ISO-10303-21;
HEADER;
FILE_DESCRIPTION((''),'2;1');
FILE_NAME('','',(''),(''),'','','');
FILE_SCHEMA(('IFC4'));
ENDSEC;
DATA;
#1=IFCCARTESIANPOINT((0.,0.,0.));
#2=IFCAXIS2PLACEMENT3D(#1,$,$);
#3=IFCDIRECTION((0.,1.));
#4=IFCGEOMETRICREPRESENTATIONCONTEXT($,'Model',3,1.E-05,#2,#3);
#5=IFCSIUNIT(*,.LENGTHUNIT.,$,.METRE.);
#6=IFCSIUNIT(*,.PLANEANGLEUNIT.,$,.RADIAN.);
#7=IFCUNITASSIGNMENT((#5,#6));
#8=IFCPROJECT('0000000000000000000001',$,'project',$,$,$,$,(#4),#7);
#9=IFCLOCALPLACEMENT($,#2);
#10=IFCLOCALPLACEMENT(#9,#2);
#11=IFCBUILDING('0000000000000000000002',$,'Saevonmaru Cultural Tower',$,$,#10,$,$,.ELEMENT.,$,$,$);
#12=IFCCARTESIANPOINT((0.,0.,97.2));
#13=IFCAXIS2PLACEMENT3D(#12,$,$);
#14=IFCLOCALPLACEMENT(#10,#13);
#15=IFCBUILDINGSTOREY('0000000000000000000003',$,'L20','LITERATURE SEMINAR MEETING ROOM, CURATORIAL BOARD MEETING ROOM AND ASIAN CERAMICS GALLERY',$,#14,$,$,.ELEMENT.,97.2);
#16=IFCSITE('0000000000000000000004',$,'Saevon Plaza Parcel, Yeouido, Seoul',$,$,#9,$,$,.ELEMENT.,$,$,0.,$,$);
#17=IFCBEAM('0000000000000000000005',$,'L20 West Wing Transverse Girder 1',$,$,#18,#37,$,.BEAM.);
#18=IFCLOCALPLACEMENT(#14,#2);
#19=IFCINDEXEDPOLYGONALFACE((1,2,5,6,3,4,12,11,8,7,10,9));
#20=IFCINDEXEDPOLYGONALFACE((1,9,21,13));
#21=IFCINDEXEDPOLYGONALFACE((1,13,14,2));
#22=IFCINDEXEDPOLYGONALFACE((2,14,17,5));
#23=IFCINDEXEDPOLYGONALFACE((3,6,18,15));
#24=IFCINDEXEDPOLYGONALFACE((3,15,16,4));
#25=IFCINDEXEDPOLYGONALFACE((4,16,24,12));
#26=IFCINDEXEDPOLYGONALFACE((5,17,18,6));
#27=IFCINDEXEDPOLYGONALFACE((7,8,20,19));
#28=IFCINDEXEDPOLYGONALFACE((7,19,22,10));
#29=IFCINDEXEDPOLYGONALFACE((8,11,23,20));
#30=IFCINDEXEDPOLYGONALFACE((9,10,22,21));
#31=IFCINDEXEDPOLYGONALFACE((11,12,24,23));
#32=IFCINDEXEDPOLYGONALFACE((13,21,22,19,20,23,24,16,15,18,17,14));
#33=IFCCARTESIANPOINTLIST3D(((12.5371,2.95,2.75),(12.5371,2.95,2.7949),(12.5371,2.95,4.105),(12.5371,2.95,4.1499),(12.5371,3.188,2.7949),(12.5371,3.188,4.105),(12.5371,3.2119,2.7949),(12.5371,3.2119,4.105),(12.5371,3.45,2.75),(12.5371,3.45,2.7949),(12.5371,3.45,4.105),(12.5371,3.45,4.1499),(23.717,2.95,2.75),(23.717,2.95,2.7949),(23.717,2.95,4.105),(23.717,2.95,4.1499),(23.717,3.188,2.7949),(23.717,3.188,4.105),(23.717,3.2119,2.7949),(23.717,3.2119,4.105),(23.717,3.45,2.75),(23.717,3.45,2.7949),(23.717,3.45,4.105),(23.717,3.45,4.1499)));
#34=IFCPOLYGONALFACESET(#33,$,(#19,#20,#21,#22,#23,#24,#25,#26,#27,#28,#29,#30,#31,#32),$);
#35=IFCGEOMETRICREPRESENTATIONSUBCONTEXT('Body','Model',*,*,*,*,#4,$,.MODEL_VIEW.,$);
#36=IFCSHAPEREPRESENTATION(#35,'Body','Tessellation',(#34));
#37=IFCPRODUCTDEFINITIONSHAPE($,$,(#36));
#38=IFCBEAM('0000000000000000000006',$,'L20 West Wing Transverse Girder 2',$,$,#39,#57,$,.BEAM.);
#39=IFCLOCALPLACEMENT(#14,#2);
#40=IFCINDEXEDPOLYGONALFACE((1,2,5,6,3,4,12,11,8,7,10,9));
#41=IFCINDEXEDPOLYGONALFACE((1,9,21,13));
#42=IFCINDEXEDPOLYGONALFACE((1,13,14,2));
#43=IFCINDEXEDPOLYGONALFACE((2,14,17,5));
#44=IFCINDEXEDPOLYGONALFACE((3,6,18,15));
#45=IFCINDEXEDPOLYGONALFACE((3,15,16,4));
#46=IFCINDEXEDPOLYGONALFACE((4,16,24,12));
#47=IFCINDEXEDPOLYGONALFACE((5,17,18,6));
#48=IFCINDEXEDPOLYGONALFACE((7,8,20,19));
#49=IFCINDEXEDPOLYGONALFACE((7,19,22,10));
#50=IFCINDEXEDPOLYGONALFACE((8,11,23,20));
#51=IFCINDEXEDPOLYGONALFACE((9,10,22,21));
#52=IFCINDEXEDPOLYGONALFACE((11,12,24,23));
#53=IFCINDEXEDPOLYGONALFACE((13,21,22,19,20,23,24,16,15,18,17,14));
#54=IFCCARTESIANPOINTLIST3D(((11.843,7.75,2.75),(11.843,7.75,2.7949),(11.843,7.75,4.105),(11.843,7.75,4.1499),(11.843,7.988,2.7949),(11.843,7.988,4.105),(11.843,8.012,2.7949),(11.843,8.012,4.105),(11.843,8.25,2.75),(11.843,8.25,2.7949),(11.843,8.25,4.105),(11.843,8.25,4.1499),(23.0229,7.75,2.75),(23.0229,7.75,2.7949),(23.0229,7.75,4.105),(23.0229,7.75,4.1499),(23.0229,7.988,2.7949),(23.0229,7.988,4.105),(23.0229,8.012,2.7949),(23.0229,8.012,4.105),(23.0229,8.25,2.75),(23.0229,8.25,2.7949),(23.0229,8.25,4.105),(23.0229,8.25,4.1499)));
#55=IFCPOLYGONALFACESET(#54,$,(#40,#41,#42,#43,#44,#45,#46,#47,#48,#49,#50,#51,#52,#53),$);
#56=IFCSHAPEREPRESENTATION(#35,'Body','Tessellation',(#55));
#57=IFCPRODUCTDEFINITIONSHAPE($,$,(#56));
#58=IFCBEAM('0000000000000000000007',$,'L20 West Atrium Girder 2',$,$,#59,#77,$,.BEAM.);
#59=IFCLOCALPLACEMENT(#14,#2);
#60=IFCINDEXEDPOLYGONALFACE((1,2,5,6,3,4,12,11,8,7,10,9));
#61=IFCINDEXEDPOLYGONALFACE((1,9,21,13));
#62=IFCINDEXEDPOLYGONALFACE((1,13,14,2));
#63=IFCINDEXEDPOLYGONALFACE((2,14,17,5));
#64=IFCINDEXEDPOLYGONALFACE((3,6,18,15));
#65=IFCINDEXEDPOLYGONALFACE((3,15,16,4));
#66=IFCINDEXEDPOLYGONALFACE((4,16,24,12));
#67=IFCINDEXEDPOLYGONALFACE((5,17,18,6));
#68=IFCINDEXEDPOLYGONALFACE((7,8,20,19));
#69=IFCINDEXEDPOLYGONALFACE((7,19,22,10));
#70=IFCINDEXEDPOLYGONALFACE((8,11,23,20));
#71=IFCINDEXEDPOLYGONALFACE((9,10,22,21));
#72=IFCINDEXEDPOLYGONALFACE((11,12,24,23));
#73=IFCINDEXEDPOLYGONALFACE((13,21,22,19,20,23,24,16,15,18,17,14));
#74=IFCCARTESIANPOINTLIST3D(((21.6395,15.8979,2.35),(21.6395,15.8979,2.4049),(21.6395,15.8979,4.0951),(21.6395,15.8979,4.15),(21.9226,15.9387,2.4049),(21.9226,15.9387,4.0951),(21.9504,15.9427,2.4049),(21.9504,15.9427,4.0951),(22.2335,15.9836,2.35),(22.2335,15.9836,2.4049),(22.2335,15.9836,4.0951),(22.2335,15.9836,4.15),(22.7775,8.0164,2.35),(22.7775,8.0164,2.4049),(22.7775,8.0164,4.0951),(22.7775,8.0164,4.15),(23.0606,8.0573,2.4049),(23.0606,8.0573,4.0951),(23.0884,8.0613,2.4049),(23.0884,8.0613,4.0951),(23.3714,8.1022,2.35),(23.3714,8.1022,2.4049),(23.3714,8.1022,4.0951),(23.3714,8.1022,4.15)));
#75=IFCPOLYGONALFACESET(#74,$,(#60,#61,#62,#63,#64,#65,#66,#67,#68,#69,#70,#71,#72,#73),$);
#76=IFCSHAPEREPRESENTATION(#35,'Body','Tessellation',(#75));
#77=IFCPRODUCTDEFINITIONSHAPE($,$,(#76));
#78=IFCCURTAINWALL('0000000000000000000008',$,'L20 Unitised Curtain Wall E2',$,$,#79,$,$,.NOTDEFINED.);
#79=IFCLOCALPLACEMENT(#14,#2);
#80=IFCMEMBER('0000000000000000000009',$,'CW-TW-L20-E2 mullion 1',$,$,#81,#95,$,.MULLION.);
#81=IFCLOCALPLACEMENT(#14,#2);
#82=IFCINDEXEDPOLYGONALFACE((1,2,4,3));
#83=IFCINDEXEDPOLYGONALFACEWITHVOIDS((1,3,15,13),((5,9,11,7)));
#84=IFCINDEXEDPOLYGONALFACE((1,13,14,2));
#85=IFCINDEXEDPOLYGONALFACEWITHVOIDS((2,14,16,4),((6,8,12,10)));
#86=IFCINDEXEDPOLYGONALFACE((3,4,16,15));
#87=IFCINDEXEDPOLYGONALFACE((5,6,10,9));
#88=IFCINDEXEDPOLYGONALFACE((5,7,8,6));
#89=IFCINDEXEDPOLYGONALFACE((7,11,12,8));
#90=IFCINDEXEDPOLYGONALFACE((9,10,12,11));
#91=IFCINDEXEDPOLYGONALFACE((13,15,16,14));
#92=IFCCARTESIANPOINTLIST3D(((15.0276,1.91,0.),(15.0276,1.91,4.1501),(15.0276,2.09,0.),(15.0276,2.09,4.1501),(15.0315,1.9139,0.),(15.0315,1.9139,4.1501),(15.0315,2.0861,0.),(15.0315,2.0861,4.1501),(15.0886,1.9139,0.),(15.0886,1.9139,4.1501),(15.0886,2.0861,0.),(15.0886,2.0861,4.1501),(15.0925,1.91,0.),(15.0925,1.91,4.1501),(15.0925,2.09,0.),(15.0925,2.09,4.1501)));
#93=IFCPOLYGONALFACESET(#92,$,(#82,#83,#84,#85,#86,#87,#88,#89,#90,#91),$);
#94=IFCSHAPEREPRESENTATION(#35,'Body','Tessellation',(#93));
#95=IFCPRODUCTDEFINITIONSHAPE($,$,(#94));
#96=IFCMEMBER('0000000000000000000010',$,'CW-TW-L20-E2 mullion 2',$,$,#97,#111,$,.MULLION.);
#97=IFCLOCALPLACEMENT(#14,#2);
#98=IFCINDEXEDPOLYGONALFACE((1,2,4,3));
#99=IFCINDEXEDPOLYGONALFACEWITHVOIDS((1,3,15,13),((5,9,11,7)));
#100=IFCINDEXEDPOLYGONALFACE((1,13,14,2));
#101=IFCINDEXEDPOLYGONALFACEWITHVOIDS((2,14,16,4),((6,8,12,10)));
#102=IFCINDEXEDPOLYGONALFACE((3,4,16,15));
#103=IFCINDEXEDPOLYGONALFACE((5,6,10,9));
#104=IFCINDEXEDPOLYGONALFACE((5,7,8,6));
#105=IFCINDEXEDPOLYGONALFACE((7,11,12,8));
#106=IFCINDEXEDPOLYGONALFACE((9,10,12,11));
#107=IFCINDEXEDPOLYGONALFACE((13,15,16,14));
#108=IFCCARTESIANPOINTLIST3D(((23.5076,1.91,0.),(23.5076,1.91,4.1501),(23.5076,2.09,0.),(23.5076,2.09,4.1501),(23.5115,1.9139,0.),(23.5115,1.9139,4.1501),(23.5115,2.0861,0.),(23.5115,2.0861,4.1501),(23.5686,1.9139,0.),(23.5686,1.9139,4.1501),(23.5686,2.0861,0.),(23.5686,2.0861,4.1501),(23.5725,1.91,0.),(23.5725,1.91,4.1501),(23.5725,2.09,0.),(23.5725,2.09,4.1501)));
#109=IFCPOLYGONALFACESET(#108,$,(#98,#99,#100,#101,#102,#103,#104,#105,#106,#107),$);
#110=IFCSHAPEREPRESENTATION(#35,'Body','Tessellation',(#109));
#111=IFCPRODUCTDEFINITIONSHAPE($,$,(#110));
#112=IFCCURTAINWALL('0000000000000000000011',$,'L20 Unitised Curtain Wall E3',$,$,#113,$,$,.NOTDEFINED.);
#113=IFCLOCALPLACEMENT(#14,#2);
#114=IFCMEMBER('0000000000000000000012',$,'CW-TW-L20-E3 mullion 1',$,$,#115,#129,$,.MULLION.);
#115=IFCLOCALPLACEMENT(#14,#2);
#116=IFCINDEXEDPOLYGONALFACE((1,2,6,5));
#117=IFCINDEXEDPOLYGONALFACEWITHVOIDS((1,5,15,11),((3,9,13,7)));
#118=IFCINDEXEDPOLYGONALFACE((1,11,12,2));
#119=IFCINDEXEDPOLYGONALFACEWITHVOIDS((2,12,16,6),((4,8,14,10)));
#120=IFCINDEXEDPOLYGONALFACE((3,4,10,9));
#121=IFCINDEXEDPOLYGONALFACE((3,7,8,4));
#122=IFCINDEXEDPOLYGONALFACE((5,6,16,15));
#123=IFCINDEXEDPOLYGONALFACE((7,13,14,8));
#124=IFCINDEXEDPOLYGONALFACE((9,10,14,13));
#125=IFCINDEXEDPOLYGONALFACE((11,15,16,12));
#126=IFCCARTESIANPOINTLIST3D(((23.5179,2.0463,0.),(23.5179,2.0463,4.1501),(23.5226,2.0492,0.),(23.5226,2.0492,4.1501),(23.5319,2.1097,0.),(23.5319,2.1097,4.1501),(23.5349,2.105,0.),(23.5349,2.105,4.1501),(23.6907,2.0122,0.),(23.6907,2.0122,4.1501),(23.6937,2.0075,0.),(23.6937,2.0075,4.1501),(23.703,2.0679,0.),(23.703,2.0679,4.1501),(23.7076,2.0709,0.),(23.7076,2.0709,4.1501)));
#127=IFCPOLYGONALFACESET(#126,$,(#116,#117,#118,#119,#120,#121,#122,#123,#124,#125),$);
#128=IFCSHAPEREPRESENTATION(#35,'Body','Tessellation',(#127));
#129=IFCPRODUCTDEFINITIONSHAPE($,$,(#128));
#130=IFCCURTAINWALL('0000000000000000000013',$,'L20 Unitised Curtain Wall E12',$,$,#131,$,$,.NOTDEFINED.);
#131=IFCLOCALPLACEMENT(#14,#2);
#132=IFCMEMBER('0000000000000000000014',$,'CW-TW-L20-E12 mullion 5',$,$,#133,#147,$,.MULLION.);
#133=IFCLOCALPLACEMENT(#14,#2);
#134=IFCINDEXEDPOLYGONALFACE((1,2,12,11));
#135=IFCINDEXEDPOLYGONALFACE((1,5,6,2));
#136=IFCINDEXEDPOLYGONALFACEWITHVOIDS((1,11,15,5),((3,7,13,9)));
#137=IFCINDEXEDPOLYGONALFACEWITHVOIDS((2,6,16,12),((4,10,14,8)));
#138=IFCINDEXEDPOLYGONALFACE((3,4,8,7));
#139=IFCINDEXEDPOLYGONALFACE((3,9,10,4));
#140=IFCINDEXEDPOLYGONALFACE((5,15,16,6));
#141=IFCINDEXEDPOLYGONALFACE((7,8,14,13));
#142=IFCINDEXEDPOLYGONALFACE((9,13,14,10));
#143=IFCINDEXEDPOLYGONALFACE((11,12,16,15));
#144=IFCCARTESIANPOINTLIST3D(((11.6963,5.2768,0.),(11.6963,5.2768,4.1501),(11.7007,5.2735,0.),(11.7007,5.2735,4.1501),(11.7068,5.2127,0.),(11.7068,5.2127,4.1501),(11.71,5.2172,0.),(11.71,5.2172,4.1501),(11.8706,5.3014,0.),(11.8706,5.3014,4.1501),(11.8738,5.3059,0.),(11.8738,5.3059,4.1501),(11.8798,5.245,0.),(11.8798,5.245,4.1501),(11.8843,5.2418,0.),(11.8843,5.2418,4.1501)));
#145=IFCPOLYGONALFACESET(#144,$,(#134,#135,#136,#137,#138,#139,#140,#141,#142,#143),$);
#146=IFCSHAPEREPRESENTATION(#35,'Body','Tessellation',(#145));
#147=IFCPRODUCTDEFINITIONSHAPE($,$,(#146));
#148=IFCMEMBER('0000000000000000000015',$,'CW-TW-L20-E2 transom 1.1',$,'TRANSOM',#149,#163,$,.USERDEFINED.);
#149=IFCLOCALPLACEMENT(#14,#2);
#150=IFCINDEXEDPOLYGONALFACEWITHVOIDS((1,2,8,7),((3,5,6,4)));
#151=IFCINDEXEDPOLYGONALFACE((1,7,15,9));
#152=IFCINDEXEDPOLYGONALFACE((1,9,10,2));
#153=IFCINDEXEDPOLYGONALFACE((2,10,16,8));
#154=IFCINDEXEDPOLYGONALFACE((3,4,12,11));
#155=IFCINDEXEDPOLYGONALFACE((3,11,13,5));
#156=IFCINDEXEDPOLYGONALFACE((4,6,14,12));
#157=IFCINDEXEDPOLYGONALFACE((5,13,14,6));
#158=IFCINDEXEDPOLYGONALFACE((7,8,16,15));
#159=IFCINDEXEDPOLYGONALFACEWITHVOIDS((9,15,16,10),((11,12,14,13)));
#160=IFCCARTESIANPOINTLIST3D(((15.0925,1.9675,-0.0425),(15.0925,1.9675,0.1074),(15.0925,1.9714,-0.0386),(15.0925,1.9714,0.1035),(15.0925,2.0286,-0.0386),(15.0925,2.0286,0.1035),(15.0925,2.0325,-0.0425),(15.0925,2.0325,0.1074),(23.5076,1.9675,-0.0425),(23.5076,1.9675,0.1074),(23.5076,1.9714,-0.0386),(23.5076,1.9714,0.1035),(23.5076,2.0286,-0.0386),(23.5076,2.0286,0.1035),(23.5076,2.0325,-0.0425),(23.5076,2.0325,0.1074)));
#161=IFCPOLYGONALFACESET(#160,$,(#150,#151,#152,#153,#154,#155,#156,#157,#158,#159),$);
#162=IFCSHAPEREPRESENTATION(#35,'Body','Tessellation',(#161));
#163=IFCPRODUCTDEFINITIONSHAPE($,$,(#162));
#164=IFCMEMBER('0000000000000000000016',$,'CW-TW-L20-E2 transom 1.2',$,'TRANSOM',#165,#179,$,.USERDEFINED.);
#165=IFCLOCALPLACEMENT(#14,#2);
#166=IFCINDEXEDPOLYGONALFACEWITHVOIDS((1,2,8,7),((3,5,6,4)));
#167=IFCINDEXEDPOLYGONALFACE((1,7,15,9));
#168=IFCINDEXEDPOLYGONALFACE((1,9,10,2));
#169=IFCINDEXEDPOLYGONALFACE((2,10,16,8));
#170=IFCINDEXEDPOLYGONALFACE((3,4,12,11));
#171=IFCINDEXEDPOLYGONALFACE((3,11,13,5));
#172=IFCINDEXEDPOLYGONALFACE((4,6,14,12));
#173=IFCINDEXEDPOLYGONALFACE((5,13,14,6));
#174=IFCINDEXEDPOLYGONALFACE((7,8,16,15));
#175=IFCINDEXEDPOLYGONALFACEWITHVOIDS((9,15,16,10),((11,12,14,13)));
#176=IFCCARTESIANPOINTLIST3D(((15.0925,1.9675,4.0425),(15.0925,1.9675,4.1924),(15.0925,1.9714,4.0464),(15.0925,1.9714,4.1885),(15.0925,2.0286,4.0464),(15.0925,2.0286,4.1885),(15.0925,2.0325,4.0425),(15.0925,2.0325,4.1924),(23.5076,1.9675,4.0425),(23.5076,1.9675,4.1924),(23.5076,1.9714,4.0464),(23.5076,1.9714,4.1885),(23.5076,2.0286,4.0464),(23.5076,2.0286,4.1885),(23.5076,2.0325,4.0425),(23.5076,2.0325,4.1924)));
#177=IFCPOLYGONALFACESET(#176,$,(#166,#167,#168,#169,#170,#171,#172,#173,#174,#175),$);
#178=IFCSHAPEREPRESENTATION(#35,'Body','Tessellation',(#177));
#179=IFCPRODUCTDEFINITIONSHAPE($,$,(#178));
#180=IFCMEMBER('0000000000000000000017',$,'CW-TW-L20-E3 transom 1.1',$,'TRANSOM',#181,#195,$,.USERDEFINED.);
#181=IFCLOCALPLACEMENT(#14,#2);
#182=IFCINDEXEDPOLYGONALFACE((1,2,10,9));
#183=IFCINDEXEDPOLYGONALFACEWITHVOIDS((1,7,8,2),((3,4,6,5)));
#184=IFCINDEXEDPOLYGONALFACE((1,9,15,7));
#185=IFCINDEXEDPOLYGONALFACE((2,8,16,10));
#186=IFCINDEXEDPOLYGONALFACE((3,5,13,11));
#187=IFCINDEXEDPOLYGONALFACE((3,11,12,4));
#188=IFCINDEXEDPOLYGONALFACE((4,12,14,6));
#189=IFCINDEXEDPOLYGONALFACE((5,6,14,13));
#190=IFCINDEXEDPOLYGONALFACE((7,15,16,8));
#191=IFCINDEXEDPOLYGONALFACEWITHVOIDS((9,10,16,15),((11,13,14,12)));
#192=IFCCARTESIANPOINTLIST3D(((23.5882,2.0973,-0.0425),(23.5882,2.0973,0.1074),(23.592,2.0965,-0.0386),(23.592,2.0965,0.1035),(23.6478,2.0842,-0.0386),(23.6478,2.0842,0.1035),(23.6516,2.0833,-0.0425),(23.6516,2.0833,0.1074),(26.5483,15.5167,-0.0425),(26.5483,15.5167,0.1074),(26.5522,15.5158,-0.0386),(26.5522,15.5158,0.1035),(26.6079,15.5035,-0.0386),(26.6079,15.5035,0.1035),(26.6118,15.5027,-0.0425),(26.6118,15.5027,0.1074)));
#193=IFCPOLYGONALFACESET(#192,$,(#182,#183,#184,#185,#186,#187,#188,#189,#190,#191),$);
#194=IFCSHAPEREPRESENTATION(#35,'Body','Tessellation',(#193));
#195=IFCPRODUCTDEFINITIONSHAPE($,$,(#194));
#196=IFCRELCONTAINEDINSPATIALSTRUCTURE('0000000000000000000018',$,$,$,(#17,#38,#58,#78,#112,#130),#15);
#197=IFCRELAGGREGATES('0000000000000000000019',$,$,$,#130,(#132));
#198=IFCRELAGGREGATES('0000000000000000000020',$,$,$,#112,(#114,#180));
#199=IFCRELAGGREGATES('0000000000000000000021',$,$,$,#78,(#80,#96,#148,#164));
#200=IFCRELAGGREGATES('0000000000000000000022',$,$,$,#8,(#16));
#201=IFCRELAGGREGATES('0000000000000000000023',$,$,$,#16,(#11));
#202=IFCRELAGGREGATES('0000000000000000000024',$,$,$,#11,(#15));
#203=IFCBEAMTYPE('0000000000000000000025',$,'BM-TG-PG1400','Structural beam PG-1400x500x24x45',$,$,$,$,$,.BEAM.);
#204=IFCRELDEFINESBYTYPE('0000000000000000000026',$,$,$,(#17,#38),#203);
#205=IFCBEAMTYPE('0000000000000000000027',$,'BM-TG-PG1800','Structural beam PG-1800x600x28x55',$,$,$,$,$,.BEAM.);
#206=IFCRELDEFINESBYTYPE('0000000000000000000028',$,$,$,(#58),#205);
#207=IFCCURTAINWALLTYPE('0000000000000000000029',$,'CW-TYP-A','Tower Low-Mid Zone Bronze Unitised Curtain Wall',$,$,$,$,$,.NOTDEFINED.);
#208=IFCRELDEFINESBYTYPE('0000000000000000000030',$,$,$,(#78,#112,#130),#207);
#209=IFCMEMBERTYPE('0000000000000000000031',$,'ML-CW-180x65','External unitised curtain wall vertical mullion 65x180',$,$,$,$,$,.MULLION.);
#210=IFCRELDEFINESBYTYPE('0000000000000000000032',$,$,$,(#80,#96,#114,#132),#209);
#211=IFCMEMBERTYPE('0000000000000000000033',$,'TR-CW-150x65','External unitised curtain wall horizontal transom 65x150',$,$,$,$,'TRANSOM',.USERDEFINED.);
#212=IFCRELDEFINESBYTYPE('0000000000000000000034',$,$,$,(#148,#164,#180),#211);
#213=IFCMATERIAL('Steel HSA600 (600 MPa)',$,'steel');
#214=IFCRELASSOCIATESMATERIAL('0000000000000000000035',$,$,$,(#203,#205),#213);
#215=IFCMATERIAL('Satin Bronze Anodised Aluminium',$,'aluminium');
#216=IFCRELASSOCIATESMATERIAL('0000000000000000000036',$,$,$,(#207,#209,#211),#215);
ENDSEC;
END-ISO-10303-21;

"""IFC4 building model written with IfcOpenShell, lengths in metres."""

from ifc_helpers import new_model, si_unit, direction, frame, origin, origin_2d, place, context, subcontext, project, spatial, hollow_rectangle, i_section, extrude, material, material_profile, profile_set, type_object, element, aggregate, save


model = new_model("IFC4")

# Units and contexts
model_context = context("Model", 3, precision=1e-05, world=origin(), true_north=direction((0.0, 1.0)))
body_context = subcontext(model_context, "Body", "Model", "MODEL_VIEW")
ifc_project = project(units=[si_unit("LENGTHUNIT", "METRE"), si_unit("PLANEANGLEUNIT", "RADIAN")], contexts=[model_context])

# Site, building, storey
site_placement = place(None, origin())
site = spatial("IfcSite", under=ifc_project, at=site_placement, Name="Saevon Plaza Parcel, Yeouido, Seoul", CompositionType="ELEMENT", RefElevation=0.0)
building_placement = place(site_placement, origin())
building = spatial("IfcBuilding", under=site, at=building_placement, Name="Saevonmaru Cultural Tower", CompositionType="ELEMENT")
storey_placement = place(building_placement, frame((0.0, 0.0, 97.2)))
storey = spatial("IfcBuildingStorey", under=building, at=storey_placement, Name="L20", Description="LITERATURE SEMINAR MEETING ROOM, CURATORIAL BOARD MEETING ROOM AND ASIAN CERAMICS GALLERY", CompositionType="ELEMENT", Elevation=97.2)

# Shared definitions
ifc_material_1 = material(Name="Steel HSA600 (600 MPa)", Category="steel")

# Beams
ifc_material_profile_1 = material_profile(ifc_material_1, i_section(OverallWidth=0.5, OverallDepth=1.3999, WebThickness=0.0239, FlangeThickness=0.0449, at=origin_2d()), Name="PG-1400x500x24x45")
ifc_profile_set_1 = profile_set([ifc_material_profile_1], Name="Steel HSA600 (600 MPa)")
beam_type_1 = type_object("IfcBeamType", Name="BM-TG-PG1400", Description="Structural beam PG-1400x500x24x45", PredefinedType="BEAM", material=ifc_profile_set_1)
for number, where, z_axis, x_axis, name in (
    (1, (12.5371, 3.2, 3.45), (1.0, 0.0, 0.0), (0.0, 1.0, 0.0), "L20 West Wing Transverse Girder 1"),
    (2, (11.843, 8.0, 3.45), (1.0, 0.0, 0.0), (0.0, 1.0, 0.0), "L20 West Wing Transverse Girder 2"),
):
    element("IfcBeam", number, at=place(storey_placement, frame(where, z_axis=z_axis, x_axis=x_axis)), inside=storey, type_object=beam_type_1, Name=name, PredefinedType="BEAM", context=body_context, shape_type="SweptSolid", body=[
        extrude(i_section(OverallWidth=0.5, OverallDepth=1.3999, WebThickness=0.0239, FlangeThickness=0.0449, at=origin_2d()), origin(), (0.0, 0.0, 1.0), 11.1799),
    ])
ifc_material_profile_2 = material_profile(ifc_material_1, i_section(OverallWidth=0.6001, OverallDepth=1.8, WebThickness=0.0281, FlangeThickness=0.0549, at=origin_2d()), Name="PG-1800x600x28x55")
ifc_profile_set_2 = profile_set([ifc_material_profile_2], Name="Steel HSA600 (600 MPa)")
beam_type_2 = type_object("IfcBeamType", Name="BM-TG-PG1800", Description="Structural beam PG-1800x600x28x55", PredefinedType="BEAM", material=ifc_profile_set_2)
beam_1_placement = place(storey_placement, frame((23.0745, 8.0593, 3.25), z_axis=(-0.142902, 0.989737, 0.0), x_axis=(-0.989737, -0.142902, 0.0)))
element("IfcBeam", 3, at=beam_1_placement, inside=storey, type_object=beam_type_2, Name="L20 West Atrium Girder 2", PredefinedType="BEAM", context=body_context, shape_type="SweptSolid", body=[
    extrude(i_section(OverallWidth=0.6001, OverallDepth=1.8, WebThickness=0.0281, FlangeThickness=0.0549, at=origin_2d()), origin(), (0.0, 0.0, 1.0), 7.9631),
])

# Curtain wall, members
ifc_material_2 = material(Name="Satin Bronze Anodised Aluminium", Category="aluminium")
curtain_wall_type = type_object("IfcCurtainWallType", Name="CW-TYP-A", Description="Tower Low-Mid Zone Bronze Unitised Curtain Wall", PredefinedType="NOTDEFINED", material=ifc_material_2)
curtain_wall_1_placement = place(storey_placement, origin())
curtain_wall_1 = element("IfcCurtainWall", 4, at=curtain_wall_1_placement, inside=storey, type_object=curtain_wall_type, Name="L20 Unitised Curtain Wall E2", PredefinedType="NOTDEFINED")
ifc_material_profile_3 = material_profile(ifc_material_2, hollow_rectangle(XDim=0.0649, YDim=0.1799, WallThickness=0.0039, at=origin_2d()), Name="ALU-MULL-180x65x4")
ifc_profile_set_3 = profile_set([ifc_material_profile_3], Name="Satin Bronze Anodised Aluminium")
member_type_1 = type_object("IfcMemberType", Name="ML-CW-180x65", Description="External unitised curtain wall vertical mullion 65x180", PredefinedType="MULLION", material=ifc_profile_set_3)
member_1_placement = place(storey_placement, frame((15.0601, 2.0, 0.0), z_axis=(0.0, 0.0, 1.0), x_axis=(1.0, 0.0, 0.0)))
member_1 = element("IfcMember", 5, at=member_1_placement, type_object=member_type_1, Name="CW-TW-L20-E2 mullion 1", PredefinedType="MULLION", context=body_context, shape_type="SweptSolid", body=[
    extrude(hollow_rectangle(XDim=0.0649, YDim=0.1799, WallThickness=0.0039, at=origin_2d()), origin(), (0.0, 0.0, 1.0), 4.1501),
])
member_2_placement = place(storey_placement, frame((23.54, 2.0, 0.0), z_axis=(0.0, 0.0, 1.0), x_axis=(1.0, 0.0, 0.0)))
member_2 = element("IfcMember", 6, at=member_2_placement, type_object=member_type_1, Name="CW-TW-L20-E2 mullion 2", PredefinedType="MULLION", context=body_context, shape_type="SweptSolid", body=[
    extrude(hollow_rectangle(XDim=0.0649, YDim=0.1799, WallThickness=0.0039, at=origin_2d()), origin(), (0.0, 0.0, 1.0), 4.1501),
])

# Curtain walls, members
curtain_wall_2_placement = place(storey_placement, origin())
curtain_wall_2 = element("IfcCurtainWall", 7, at=curtain_wall_2_placement, inside=storey, type_object=curtain_wall_type, Name="L20 Unitised Curtain Wall E3", PredefinedType="NOTDEFINED")
member_3_placement = place(storey_placement, frame((23.6128, 2.0586, 0.0), z_axis=(0.0, 0.0, 1.0), x_axis=(0.215413, 0.976523, 0.0)))
member_3 = element("IfcMember", 8, at=member_3_placement, type_object=member_type_1, Name="CW-TW-L20-E3 mullion 1", PredefinedType="MULLION", context=body_context, shape_type="SweptSolid", body=[
    extrude(hollow_rectangle(XDim=0.0649, YDim=0.1799, WallThickness=0.0039, at=origin_2d()), origin(), (0.0, 0.0, 1.0), 4.1501),
])
curtain_wall_3_placement = place(storey_placement, origin())
curtain_wall_3 = element("IfcCurtainWall", 9, at=curtain_wall_3_placement, inside=storey, type_object=curtain_wall_type, Name="L20 Unitised Curtain Wall E12", PredefinedType="NOTDEFINED")
member_4_placement = place(storey_placement, frame((11.7903, 5.2593, 0.0), z_axis=(0.0, 0.0, 1.0), x_axis=(0.161709, -0.986839, 0.0)))
member_4 = element("IfcMember", 10, at=member_4_placement, type_object=member_type_1, Name="CW-TW-L20-E12 mullion 5", PredefinedType="MULLION", context=body_context, shape_type="SweptSolid", body=[
    extrude(hollow_rectangle(XDim=0.0649, YDim=0.1799, WallThickness=0.0039, at=origin_2d()), origin(), (0.0, 0.0, 1.0), 4.1501),
])
aggregate(curtain_wall_3, [member_4])

# Members
ifc_material_profile_4 = material_profile(ifc_material_2, hollow_rectangle(XDim=0.0649, YDim=0.1499, WallThickness=0.0039, at=origin_2d()), Name="ALU-TRAN-150x65x4")
ifc_profile_set_4 = profile_set([ifc_material_profile_4], Name="Satin Bronze Anodised Aluminium")
member_type_2 = type_object("IfcMemberType", Name="TR-CW-150x65", Description="External unitised curtain wall horizontal transom 65x150", ElementType="TRANSOM", PredefinedType="USERDEFINED", material=ifc_profile_set_4)
member_5_placement = place(storey_placement, frame((15.0925, 2.0, 0.0325), z_axis=(1.0, 0.0, 0.0), x_axis=(0.0, 1.0, 0.0)))
member_5 = element("IfcMember", 11, at=member_5_placement, type_object=member_type_2, Name="CW-TW-L20-E2 transom 1.1", ObjectType="TRANSOM", PredefinedType="USERDEFINED", context=body_context, shape_type="SweptSolid", body=[
    extrude(hollow_rectangle(XDim=0.0649, YDim=0.1499, WallThickness=0.0039, at=origin_2d()), origin(), (0.0, 0.0, 1.0), 8.415),
])
member_6_placement = place(storey_placement, frame((15.0925, 2.0, 4.1174), z_axis=(1.0, 0.0, 0.0), x_axis=(0.0, 1.0, 0.0)))
member_6 = element("IfcMember", 12, at=member_6_placement, type_object=member_type_2, Name="CW-TW-L20-E2 transom 1.2", ObjectType="TRANSOM", PredefinedType="USERDEFINED", context=body_context, shape_type="SweptSolid", body=[
    extrude(hollow_rectangle(XDim=0.0649, YDim=0.1499, WallThickness=0.0039, at=origin_2d()), origin(), (0.0, 0.0, 1.0), 8.415),
])
member_7_placement = place(storey_placement, frame((23.6199, 2.0903, 0.0325), z_axis=(0.215412, 0.976523, 0.0), x_axis=(-0.976523, 0.215412, 0.0)))
member_7 = element("IfcMember", 13, at=member_7_placement, type_object=member_type_2, Name="CW-TW-L20-E3 transom 1.1", ObjectType="TRANSOM", PredefinedType="USERDEFINED", context=body_context, shape_type="SweptSolid", body=[
    extrude(hollow_rectangle(XDim=0.0649, YDim=0.1499, WallThickness=0.0039, at=origin_2d()), origin(), (0.0, 0.0, 1.0), 13.7419),
])
aggregate(curtain_wall_2, [member_3, member_7])

aggregate(curtain_wall_1, [member_1, member_2, member_5, member_6])

save(model, "model.ifc")
